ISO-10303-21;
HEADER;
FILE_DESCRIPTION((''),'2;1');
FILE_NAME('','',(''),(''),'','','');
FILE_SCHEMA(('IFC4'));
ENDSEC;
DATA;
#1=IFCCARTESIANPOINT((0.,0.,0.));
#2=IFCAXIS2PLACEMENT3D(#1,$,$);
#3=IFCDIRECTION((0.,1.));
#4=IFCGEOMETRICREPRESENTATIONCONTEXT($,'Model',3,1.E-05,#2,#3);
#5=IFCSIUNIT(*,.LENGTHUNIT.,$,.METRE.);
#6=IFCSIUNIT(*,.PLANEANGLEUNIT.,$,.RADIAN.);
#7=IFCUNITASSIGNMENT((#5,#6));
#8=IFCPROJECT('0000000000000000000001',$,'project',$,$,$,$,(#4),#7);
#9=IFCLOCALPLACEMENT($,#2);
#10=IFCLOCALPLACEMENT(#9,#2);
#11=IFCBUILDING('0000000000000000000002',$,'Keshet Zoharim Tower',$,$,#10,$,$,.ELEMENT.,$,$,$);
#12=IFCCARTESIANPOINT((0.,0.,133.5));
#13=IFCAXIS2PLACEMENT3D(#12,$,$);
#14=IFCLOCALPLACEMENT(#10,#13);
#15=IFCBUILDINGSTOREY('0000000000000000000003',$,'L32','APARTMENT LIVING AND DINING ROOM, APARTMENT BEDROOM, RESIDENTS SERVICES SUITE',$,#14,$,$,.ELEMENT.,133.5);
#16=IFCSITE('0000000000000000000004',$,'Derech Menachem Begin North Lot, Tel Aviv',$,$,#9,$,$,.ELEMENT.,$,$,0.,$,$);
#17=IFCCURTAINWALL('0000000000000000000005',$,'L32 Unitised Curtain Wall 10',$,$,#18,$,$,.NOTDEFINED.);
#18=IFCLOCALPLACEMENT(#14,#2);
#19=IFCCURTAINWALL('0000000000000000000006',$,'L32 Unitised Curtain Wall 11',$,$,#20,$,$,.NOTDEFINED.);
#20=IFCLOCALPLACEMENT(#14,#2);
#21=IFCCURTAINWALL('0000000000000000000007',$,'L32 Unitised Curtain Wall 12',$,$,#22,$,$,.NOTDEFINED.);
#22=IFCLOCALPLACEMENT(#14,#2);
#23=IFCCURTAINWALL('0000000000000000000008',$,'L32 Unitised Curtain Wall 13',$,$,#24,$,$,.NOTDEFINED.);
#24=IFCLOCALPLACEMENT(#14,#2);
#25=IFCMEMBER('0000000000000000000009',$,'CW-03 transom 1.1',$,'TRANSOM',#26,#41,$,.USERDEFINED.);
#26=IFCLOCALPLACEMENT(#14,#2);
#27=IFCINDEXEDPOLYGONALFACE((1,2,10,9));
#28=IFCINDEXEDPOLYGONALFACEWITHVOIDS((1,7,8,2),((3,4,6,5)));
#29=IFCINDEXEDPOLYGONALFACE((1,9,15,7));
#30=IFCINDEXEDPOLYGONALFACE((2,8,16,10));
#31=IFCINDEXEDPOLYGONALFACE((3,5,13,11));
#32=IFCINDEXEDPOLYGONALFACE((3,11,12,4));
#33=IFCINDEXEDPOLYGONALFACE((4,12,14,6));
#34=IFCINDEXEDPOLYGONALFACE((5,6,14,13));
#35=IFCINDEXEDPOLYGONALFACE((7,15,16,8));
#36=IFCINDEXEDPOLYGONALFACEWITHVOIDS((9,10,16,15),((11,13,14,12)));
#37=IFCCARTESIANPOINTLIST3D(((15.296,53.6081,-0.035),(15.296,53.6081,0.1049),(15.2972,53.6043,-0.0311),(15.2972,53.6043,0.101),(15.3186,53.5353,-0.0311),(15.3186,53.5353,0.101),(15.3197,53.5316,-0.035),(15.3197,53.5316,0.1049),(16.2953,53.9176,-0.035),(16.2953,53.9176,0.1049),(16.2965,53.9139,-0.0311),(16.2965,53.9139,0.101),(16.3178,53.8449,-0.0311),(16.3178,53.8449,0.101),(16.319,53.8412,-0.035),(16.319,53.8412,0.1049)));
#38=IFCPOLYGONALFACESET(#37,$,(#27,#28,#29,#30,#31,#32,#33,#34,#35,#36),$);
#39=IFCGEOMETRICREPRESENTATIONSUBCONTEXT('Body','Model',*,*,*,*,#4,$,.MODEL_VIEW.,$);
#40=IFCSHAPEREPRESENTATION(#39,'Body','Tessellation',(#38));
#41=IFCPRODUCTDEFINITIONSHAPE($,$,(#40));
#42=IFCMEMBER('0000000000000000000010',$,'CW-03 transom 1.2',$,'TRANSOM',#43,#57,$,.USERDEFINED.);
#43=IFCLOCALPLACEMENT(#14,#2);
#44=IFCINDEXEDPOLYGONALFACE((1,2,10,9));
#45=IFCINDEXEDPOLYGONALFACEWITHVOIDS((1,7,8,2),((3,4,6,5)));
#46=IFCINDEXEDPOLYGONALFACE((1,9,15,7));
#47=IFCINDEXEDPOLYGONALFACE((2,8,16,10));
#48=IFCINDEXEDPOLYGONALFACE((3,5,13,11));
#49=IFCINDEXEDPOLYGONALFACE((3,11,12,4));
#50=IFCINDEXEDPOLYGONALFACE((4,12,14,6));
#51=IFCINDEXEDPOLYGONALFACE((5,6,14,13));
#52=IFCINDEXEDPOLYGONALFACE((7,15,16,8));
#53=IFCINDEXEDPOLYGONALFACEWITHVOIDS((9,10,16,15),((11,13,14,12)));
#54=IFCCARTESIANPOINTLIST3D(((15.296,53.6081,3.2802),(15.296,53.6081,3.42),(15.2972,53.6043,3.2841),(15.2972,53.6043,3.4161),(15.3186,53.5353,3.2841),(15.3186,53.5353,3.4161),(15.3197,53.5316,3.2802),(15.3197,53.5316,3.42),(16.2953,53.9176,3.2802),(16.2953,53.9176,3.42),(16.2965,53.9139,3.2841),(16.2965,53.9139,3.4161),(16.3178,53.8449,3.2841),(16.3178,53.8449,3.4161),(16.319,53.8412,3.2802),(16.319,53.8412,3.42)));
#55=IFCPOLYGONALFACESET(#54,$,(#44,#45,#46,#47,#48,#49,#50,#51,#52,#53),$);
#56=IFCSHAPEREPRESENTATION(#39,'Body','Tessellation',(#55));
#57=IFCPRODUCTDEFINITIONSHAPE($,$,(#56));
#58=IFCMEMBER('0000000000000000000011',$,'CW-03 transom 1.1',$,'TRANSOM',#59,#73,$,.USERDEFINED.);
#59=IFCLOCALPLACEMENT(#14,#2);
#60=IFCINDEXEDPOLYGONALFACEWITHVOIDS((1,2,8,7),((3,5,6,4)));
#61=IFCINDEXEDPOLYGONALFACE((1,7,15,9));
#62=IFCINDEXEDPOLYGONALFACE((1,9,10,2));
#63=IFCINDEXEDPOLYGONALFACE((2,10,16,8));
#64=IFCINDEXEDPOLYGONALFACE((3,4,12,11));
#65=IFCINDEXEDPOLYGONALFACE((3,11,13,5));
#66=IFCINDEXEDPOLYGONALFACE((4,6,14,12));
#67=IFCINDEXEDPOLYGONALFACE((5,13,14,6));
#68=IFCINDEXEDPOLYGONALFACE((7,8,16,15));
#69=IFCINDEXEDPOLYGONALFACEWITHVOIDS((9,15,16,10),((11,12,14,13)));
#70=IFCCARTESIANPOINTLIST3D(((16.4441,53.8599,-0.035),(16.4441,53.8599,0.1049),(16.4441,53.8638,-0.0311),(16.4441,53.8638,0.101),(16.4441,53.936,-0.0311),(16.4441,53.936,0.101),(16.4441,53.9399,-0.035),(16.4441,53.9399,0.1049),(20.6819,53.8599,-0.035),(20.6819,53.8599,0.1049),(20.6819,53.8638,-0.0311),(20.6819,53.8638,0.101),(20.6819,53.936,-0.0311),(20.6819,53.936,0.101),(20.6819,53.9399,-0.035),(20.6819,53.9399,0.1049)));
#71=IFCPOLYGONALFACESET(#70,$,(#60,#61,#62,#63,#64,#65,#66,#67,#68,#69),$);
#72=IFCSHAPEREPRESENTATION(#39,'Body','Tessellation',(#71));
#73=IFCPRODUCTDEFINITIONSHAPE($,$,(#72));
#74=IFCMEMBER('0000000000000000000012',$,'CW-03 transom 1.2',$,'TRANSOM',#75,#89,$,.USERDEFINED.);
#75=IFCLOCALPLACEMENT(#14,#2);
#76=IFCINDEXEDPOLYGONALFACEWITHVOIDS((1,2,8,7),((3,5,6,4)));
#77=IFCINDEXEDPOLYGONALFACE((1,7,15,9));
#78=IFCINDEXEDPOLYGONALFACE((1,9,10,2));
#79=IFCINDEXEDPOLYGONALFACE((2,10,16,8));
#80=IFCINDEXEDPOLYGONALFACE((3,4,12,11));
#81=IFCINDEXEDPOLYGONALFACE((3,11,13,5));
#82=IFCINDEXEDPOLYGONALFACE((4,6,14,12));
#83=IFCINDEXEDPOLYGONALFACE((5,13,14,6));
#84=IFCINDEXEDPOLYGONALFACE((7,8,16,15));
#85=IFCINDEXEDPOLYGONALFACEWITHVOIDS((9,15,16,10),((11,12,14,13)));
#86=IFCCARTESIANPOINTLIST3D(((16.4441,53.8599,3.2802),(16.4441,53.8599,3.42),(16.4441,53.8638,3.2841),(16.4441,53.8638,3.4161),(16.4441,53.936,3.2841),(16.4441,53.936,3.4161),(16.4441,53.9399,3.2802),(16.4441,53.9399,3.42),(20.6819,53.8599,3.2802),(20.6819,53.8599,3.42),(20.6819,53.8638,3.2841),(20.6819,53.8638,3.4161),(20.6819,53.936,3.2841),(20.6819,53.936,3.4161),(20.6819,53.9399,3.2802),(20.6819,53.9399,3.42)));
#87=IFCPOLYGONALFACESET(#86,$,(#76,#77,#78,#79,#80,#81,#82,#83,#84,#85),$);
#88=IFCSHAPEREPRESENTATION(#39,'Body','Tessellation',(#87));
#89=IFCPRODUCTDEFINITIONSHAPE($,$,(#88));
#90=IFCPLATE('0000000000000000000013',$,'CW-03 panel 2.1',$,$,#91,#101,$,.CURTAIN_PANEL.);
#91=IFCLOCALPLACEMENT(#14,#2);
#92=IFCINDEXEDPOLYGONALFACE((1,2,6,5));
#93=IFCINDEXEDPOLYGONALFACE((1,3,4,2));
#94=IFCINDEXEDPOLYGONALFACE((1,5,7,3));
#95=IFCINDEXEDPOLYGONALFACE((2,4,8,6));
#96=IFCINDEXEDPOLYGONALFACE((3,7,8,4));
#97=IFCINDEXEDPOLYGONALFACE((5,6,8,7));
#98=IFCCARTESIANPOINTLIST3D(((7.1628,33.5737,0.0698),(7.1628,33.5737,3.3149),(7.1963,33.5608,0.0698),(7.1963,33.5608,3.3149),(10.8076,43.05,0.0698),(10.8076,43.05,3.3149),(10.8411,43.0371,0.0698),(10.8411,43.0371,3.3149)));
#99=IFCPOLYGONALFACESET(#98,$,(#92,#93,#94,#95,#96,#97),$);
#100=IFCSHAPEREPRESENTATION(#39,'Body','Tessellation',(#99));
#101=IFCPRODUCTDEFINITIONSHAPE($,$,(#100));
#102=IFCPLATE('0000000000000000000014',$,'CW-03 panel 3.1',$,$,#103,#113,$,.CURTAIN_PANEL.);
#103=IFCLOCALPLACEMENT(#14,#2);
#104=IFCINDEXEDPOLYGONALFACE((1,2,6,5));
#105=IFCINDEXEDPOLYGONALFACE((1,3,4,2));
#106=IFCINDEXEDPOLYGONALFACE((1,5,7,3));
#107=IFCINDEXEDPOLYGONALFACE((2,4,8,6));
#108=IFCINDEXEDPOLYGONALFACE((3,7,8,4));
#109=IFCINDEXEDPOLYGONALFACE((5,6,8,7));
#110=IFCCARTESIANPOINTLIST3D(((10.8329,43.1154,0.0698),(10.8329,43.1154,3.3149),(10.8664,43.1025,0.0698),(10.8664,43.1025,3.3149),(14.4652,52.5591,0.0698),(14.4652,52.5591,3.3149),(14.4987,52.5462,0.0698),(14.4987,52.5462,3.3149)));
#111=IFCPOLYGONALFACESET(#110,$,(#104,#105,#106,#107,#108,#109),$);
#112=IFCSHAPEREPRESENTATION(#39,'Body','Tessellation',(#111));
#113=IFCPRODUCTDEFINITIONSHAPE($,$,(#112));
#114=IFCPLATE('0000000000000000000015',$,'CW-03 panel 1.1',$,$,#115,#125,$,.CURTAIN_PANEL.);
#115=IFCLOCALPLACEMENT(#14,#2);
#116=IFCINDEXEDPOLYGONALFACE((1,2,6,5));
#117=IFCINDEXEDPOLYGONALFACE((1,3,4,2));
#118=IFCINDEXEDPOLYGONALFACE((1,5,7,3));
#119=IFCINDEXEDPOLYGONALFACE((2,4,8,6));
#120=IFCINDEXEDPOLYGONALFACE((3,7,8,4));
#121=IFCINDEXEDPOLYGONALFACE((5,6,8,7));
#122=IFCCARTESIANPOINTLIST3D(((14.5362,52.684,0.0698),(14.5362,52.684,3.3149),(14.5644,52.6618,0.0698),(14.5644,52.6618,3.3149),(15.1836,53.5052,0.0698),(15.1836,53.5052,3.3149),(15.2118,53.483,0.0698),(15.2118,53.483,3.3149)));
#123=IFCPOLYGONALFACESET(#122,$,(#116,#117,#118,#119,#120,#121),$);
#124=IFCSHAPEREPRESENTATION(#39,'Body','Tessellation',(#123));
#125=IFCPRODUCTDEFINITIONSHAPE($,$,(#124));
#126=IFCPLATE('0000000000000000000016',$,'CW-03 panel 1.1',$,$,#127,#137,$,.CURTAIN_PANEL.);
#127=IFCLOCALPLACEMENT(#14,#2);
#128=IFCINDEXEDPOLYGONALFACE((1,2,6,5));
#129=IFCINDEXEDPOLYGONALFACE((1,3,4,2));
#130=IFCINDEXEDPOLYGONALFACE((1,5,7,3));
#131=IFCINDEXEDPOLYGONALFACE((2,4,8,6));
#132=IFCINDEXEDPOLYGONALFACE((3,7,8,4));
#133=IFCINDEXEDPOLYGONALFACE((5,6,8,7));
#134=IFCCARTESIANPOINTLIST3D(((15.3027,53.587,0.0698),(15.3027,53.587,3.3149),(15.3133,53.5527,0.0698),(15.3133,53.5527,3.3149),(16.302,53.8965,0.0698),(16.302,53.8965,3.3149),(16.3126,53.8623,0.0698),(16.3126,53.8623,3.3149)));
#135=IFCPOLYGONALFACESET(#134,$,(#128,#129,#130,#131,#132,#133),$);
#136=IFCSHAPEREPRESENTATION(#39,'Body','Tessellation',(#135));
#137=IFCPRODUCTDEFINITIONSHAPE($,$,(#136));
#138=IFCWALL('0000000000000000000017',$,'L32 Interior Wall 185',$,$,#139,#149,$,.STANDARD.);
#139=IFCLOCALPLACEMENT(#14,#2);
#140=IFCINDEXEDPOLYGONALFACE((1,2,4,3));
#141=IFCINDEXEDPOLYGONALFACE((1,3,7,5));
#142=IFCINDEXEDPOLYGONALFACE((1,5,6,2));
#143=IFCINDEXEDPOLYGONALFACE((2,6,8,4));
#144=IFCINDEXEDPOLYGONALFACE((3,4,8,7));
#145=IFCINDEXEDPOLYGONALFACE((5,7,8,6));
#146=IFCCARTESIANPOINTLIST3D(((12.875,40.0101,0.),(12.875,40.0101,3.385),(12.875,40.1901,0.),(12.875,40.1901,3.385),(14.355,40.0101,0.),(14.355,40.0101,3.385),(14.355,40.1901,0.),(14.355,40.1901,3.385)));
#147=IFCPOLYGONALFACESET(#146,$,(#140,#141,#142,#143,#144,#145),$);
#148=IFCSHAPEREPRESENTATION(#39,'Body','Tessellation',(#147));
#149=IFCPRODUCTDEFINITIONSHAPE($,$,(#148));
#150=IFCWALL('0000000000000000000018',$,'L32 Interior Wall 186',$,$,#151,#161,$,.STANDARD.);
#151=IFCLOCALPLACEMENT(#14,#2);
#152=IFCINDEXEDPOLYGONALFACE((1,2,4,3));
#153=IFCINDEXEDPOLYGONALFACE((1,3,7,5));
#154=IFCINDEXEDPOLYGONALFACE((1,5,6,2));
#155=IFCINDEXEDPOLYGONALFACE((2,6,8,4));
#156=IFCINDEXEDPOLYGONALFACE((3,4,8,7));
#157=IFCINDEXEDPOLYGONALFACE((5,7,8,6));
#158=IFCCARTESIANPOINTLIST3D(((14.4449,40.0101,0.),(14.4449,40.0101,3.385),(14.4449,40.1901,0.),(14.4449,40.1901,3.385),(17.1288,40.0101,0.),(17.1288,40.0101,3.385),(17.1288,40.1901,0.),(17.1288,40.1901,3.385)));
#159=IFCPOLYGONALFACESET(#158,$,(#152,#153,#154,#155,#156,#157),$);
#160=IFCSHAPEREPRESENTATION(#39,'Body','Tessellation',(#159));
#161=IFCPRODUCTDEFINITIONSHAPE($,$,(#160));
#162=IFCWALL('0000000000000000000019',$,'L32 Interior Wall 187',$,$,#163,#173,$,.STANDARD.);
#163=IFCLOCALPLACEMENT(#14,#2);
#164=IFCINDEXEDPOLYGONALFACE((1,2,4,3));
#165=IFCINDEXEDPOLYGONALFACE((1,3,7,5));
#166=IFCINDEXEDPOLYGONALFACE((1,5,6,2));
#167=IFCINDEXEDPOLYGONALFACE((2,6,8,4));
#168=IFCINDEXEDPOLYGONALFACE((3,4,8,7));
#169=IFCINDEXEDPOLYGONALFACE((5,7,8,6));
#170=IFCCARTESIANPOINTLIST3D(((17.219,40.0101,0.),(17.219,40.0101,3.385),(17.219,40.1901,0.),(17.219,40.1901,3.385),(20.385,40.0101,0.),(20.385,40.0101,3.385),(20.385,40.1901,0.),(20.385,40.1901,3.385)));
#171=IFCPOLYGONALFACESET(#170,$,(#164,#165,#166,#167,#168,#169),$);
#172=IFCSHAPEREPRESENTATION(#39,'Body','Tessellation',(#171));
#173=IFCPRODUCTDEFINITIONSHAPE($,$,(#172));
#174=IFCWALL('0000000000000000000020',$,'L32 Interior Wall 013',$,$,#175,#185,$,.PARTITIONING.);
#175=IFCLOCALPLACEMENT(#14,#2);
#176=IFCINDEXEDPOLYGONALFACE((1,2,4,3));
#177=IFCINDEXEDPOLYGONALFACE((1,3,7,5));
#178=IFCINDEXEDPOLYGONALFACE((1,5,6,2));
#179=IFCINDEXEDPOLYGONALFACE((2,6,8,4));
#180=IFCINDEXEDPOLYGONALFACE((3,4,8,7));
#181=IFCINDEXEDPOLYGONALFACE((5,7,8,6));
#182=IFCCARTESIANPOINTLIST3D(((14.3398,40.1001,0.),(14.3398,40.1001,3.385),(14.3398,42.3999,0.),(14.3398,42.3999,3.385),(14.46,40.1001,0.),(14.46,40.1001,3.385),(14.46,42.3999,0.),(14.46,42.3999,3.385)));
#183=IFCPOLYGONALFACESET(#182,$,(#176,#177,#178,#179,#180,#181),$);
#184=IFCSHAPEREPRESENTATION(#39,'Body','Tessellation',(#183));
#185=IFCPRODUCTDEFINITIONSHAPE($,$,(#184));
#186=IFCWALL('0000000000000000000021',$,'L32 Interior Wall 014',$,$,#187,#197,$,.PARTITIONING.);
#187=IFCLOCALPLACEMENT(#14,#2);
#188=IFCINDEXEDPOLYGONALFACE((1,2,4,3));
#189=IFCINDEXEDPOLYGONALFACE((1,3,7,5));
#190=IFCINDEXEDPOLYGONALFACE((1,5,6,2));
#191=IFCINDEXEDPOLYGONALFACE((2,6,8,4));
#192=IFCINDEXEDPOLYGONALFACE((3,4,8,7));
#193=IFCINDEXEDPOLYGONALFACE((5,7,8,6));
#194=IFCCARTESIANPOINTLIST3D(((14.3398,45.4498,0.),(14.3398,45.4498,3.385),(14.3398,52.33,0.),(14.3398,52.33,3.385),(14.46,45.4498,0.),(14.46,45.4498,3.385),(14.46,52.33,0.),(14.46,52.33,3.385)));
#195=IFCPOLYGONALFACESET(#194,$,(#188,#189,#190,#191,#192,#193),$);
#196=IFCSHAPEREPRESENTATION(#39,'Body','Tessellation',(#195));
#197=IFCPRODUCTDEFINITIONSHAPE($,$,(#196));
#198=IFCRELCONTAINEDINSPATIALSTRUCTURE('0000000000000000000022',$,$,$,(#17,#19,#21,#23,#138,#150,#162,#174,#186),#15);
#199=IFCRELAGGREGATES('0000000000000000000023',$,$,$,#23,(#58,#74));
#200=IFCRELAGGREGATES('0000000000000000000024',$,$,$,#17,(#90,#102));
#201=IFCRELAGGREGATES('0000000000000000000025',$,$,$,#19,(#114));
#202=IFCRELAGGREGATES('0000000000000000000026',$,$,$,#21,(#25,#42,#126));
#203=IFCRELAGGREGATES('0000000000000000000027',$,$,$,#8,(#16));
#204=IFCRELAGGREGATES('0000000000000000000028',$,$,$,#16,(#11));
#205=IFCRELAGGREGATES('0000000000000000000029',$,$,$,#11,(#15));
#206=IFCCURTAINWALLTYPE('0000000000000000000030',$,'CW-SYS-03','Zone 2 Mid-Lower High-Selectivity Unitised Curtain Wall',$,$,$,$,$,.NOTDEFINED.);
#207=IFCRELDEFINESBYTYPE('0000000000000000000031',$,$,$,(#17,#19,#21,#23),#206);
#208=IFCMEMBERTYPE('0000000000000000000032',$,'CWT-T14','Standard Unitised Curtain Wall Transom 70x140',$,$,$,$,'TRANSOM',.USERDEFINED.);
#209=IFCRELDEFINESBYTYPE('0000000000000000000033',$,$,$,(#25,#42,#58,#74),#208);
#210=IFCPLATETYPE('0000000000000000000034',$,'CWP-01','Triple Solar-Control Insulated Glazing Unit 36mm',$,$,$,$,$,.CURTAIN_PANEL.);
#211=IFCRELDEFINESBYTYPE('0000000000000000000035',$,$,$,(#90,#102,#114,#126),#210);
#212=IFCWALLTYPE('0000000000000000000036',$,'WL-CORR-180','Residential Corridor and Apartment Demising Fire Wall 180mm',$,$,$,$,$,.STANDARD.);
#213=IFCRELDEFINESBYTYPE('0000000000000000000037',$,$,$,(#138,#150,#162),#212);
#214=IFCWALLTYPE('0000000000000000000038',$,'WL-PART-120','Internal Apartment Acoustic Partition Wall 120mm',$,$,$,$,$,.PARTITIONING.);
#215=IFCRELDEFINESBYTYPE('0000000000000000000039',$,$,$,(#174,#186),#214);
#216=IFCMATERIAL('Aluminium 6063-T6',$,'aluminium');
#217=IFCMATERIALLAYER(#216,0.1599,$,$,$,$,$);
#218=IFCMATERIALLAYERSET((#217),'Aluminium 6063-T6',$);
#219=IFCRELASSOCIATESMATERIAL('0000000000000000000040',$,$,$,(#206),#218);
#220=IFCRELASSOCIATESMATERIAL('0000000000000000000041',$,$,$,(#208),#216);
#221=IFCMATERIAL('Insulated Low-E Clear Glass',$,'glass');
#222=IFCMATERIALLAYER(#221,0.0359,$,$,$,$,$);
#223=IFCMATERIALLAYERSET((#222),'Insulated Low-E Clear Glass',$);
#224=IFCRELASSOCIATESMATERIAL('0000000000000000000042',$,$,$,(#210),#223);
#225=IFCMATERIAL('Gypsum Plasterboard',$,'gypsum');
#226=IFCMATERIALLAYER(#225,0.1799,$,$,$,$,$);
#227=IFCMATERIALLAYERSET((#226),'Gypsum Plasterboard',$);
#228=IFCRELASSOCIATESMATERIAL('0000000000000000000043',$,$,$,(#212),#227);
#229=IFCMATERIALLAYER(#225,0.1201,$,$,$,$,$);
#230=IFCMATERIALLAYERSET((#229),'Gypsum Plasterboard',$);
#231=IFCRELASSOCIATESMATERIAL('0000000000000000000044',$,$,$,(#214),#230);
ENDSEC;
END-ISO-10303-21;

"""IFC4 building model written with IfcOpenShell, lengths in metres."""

from ifc_helpers import new_model, si_unit, direction, frame, frame_2d, origin, origin_2d, place, context, subcontext, project, spatial, rectangle, hollow_rectangle, extrude, material, layer, layer_set, material_profile, profile_set, type_object, element, aggregate, save


model = new_model("IFC4")

# Units and contexts
model_context = context("Model", 3, precision=1e-05, world=origin(), true_north=direction((0.0, 1.0)))
body_context = subcontext(model_context, "Body", "Model", "MODEL_VIEW")
ifc_project = project(units=[si_unit("LENGTHUNIT", "METRE"), si_unit("PLANEANGLEUNIT", "RADIAN")], contexts=[model_context])

# Site, building, storey
site_placement = place(None, origin())
site = spatial("IfcSite", under=ifc_project, at=site_placement, Name="Derech Menachem Begin North Lot, Tel Aviv", CompositionType="ELEMENT", RefElevation=0.0)
building_placement = place(site_placement, origin())
building = spatial("IfcBuilding", under=site, at=building_placement, Name="Keshet Zoharim Tower", CompositionType="ELEMENT")
storey_placement = place(building_placement, frame((0.0, 0.0, 133.5)))
storey = spatial("IfcBuildingStorey", under=building, at=storey_placement, Name="L32", Description="APARTMENT LIVING AND DINING ROOM, APARTMENT BEDROOM, RESIDENTS SERVICES SUITE", CompositionType="ELEMENT", Elevation=133.5)

# Curtain walls
ifc_material_1 = material(Name="Aluminium 6063-T6", Category="aluminium")
ifc_layer_1 = layer(ifc_material_1, 0.1599)
ifc_layer_set_1 = layer_set([ifc_layer_1], Name="Aluminium 6063-T6")
curtain_wall_type = type_object("IfcCurtainWallType", Name="CW-SYS-03", Description="Zone 2 Mid-Lower High-Selectivity Unitised Curtain Wall", PredefinedType="NOTDEFINED", material=ifc_layer_set_1)
curtain_wall_1_placement = place(storey_placement, origin())
curtain_wall_1 = element("IfcCurtainWall", 1, at=curtain_wall_1_placement, inside=storey, type_object=curtain_wall_type, Name="L32 Unitised Curtain Wall 10", PredefinedType="NOTDEFINED")
curtain_wall_2_placement = place(storey_placement, origin())
curtain_wall_2 = element("IfcCurtainWall", 2, at=curtain_wall_2_placement, inside=storey, type_object=curtain_wall_type, Name="L32 Unitised Curtain Wall 11", PredefinedType="NOTDEFINED")
curtain_wall_3_placement = place(storey_placement, origin())
curtain_wall_3 = element("IfcCurtainWall", 3, at=curtain_wall_3_placement, inside=storey, type_object=curtain_wall_type, Name="L32 Unitised Curtain Wall 12", PredefinedType="NOTDEFINED")

# Curtain wall
curtain_wall_4_placement = place(storey_placement, origin())
curtain_wall_4 = element("IfcCurtainWall", 4, at=curtain_wall_4_placement, inside=storey, type_object=curtain_wall_type, Name="L32 Unitised Curtain Wall 13", PredefinedType="NOTDEFINED")

# Members
ifc_material_profile_1 = material_profile(ifc_material_1, hollow_rectangle(XDim=0.0801, YDim=0.1399, WallThickness=0.0039, at=origin_2d()), Name="TRN-80x140")
ifc_profile_set_1 = profile_set([ifc_material_profile_1], Name="Aluminium 6063-T6")
member_type_1 = type_object("IfcMemberType", Name="CWT-T14", Description="Standard Unitised Curtain Wall Transom 70x140", ElementType="TRANSOM", PredefinedType="USERDEFINED", material=ifc_profile_set_1)
member_1_placement = place(storey_placement, frame((15.3079, 53.5698, 0.0349), z_axis=(0.955212, 0.295922, 0.0), x_axis=(-0.295922, 0.955212, 0.0)))
member_1 = element("IfcMember", 5, at=member_1_placement, type_object=member_type_1, Name="CW-03 transom 1.1", ObjectType="TRANSOM", PredefinedType="USERDEFINED", context=body_context, shape_type="SweptSolid", body=[
    extrude(hollow_rectangle(XDim=0.0801, YDim=0.1399, WallThickness=0.0039, at=origin_2d()), origin(), (0.0, 0.0, 1.0), 1.0461),
])
member_2_placement = place(storey_placement, frame((15.3079, 53.5698, 3.3501), z_axis=(0.955212, 0.295922, 0.0), x_axis=(-0.295922, 0.955212, 0.0)))
member_2 = element("IfcMember", 6, at=member_2_placement, type_object=member_type_1, Name="CW-03 transom 1.2", ObjectType="TRANSOM", PredefinedType="USERDEFINED", context=body_context, shape_type="SweptSolid", body=[
    extrude(hollow_rectangle(XDim=0.0801, YDim=0.1399, WallThickness=0.0039, at=origin_2d()), origin(), (0.0, 0.0, 1.0), 1.0461),
])
member_3_placement = place(storey_placement, frame((16.4441, 53.8999, 0.0349), z_axis=(1.0, 0.0, 0.0), x_axis=(0.0, 1.0, 0.0)))
member_3 = element("IfcMember", 7, at=member_3_placement, type_object=member_type_1, Name="CW-03 transom 1.1", ObjectType="TRANSOM", PredefinedType="USERDEFINED", context=body_context, shape_type="SweptSolid", body=[
    extrude(hollow_rectangle(XDim=0.0801, YDim=0.1399, WallThickness=0.0039, at=origin_2d()), origin(), (0.0, 0.0, 1.0), 4.2378),
])
member_4_placement = place(storey_placement, frame((16.4441, 53.8999, 3.3501), z_axis=(1.0, 0.0, 0.0), x_axis=(0.0, 1.0, 0.0)))
member_4 = element("IfcMember", 8, at=member_4_placement, type_object=member_type_1, Name="CW-03 transom 1.2", ObjectType="TRANSOM", PredefinedType="USERDEFINED", context=body_context, shape_type="SweptSolid", body=[
    extrude(hollow_rectangle(XDim=0.0801, YDim=0.1399, WallThickness=0.0039, at=origin_2d()), origin(), (0.0, 0.0, 1.0), 4.2378),
])
aggregate(curtain_wall_4, [member_3, member_4])

# Plates
ifc_material_2 = material(Name="Insulated Low-E Clear Glass", Category="glass")
ifc_layer_2 = layer(ifc_material_2, 0.0359)
ifc_layer_set_2 = layer_set([ifc_layer_2], Name="Insulated Low-E Clear Glass")
plate_type = type_object("IfcPlateType", Name="CWP-01", Description="Triple Solar-Control Insulated Glazing Unit 36mm", PredefinedType="CURTAIN_PANEL", material=ifc_layer_set_2)
plate_1_placement = place(storey_placement, frame((9.002, 38.3054, 0.0698), z_axis=(0.0, 0.0, 1.0), x_axis=(0.35899, 0.933341, 0.0)))
plate_1 = element("IfcPlate", 9, at=plate_1_placement, type_object=plate_type, Name="CW-03 panel 2.1", PredefinedType="CURTAIN_PANEL", context=body_context, shape_type="SweptSolid", body=[
    extrude(rectangle(XDim=10.1531, YDim=0.0359, at=origin_2d()), origin(), (0.0, 0.0, 1.0), 3.2451),
])
plate_2_placement = place(storey_placement, frame((12.6658, 47.8308, 0.0698), z_axis=(0.0, 0.0, 1.0), x_axis=(0.35899, 0.933341, 0.0)))
plate_2 = element("IfcPlate", 10, at=plate_2_placement, type_object=plate_type, Name="CW-03 panel 3.1", PredefinedType="CURTAIN_PANEL", context=body_context, shape_type="SweptSolid", body=[
    extrude(rectangle(XDim=10.1182, YDim=0.0359, at=origin_2d()), origin(), (0.0, 0.0, 1.0), 3.2451),
])
aggregate(curtain_wall_1, [plate_1, plate_2])
plate_3_placement = place(storey_placement, frame((14.874, 53.0835, 0.0698), z_axis=(0.0, 0.0, 1.0), x_axis=(0.619125, 0.785293, 0.0)))
plate_3 = element("IfcPlate", 11, at=plate_3_placement, type_object=plate_type, Name="CW-03 panel 1.1", PredefinedType="CURTAIN_PANEL", context=body_context, shape_type="SweptSolid", body=[
    extrude(rectangle(XDim=1.0457, YDim=0.0359, at=origin_2d()), origin(), (0.0, 0.0, 1.0), 3.2451),
])
aggregate(curtain_wall_2, [plate_3])
plate_4_placement = place(storey_placement, frame((15.8076, 53.7246, 0.0698), z_axis=(0.0, 0.0, 1.0), x_axis=(0.955212, 0.295922, 0.0)))
plate_4 = element("IfcPlate", 12, at=plate_4_placement, type_object=plate_type, Name="CW-03 panel 1.1", PredefinedType="CURTAIN_PANEL", context=body_context, shape_type="SweptSolid", body=[
    extrude(rectangle(XDim=1.0461, YDim=0.0359, at=origin_2d()), origin(), (0.0, 0.0, 1.0), 3.2451),
])
aggregate(curtain_wall_3, [member_1, member_2, plate_4])

# Walls
ifc_material_3 = material(Name="Gypsum Plasterboard", Category="gypsum")
ifc_layer_3 = layer(ifc_material_3, 0.1799)
ifc_layer_set_3 = layer_set([ifc_layer_3], Name="Gypsum Plasterboard")
wall_type_1 = type_object("IfcWallType", Name="WL-CORR-180", Description="Residential Corridor and Apartment Demising Fire Wall 180mm", PredefinedType="STANDARD", material=ifc_layer_set_3)
wall_1_placement = place(storey_placement, frame((12.875, 40.1001, 0.0), z_axis=(0.0, 0.0, 1.0), x_axis=(1.0, 0.0, 0.0)))
element("IfcWall", 13, at=wall_1_placement, inside=storey, type_object=wall_type_1, Name="L32 Interior Wall 185", PredefinedType="STANDARD", context=body_context, shape_type="SweptSolid", body=[
    extrude(rectangle(XDim=1.48, YDim=0.1799, at=frame_2d((0.74, 0.0))), origin(), (0.0, 0.0, 1.0), 3.385),
])
wall_2_placement = place(storey_placement, frame((14.4451, 40.1001, 0.0), z_axis=(0.0, 0.0, 1.0), x_axis=(1.0, 0.0, 0.0)))
element("IfcWall", 14, at=wall_2_placement, inside=storey, type_object=wall_type_1, Name="L32 Interior Wall 186", PredefinedType="STANDARD", context=body_context, shape_type="SweptSolid", body=[
    extrude(rectangle(XDim=2.6838, YDim=0.1799, at=frame_2d((1.3418, 0.0))), origin(), (0.0, 0.0, 1.0), 3.385),
])
wall_3_placement = place(storey_placement, frame((17.219, 40.1001, 0.0), z_axis=(0.0, 0.0, 1.0), x_axis=(1.0, 0.0, 0.0)))
element("IfcWall", 15, at=wall_3_placement, inside=storey, type_object=wall_type_1, Name="L32 Interior Wall 187", PredefinedType="STANDARD", context=body_context, shape_type="SweptSolid", body=[
    extrude(rectangle(XDim=3.166, YDim=0.1799, at=frame_2d((1.583, 0.0))), origin(), (0.0, 0.0, 1.0), 3.385),
])
ifc_layer_4 = layer(ifc_material_3, 0.1201)
ifc_layer_set_4 = layer_set([ifc_layer_4], Name="Gypsum Plasterboard")
wall_type_2 = type_object("IfcWallType", Name="WL-PART-120", Description="Internal Apartment Acoustic Partition Wall 120mm", PredefinedType="PARTITIONING", material=ifc_layer_set_4)
wall_4_placement = place(storey_placement, frame((14.3999, 40.1001, 0.0), z_axis=(0.0, 0.0, 1.0), x_axis=(0.0, 1.0, 0.0)))
element("IfcWall", 16, at=wall_4_placement, inside=storey, type_object=wall_type_2, Name="L32 Interior Wall 013", PredefinedType="PARTITIONING", context=body_context, shape_type="SweptSolid", body=[
    extrude(rectangle(XDim=2.2998, YDim=0.1201, at=frame_2d((1.1499, 0.0))), origin(), (0.0, 0.0, 1.0), 3.385),
])
wall_5_placement = place(storey_placement, frame((14.3999, 45.45, 0.0), z_axis=(0.0, 0.0, 1.0), x_axis=(0.0, 1.0, 0.0)))
element("IfcWall", 17, at=wall_5_placement, inside=storey, type_object=wall_type_2, Name="L32 Interior Wall 014", PredefinedType="PARTITIONING", context=body_context, shape_type="SweptSolid", body=[
    extrude(rectangle(XDim=6.8801, YDim=0.1201, at=frame_2d((3.4399, 0.0))), origin(), (0.0, 0.0, 1.0), 3.385),
])

save(model, "model.ifc")
